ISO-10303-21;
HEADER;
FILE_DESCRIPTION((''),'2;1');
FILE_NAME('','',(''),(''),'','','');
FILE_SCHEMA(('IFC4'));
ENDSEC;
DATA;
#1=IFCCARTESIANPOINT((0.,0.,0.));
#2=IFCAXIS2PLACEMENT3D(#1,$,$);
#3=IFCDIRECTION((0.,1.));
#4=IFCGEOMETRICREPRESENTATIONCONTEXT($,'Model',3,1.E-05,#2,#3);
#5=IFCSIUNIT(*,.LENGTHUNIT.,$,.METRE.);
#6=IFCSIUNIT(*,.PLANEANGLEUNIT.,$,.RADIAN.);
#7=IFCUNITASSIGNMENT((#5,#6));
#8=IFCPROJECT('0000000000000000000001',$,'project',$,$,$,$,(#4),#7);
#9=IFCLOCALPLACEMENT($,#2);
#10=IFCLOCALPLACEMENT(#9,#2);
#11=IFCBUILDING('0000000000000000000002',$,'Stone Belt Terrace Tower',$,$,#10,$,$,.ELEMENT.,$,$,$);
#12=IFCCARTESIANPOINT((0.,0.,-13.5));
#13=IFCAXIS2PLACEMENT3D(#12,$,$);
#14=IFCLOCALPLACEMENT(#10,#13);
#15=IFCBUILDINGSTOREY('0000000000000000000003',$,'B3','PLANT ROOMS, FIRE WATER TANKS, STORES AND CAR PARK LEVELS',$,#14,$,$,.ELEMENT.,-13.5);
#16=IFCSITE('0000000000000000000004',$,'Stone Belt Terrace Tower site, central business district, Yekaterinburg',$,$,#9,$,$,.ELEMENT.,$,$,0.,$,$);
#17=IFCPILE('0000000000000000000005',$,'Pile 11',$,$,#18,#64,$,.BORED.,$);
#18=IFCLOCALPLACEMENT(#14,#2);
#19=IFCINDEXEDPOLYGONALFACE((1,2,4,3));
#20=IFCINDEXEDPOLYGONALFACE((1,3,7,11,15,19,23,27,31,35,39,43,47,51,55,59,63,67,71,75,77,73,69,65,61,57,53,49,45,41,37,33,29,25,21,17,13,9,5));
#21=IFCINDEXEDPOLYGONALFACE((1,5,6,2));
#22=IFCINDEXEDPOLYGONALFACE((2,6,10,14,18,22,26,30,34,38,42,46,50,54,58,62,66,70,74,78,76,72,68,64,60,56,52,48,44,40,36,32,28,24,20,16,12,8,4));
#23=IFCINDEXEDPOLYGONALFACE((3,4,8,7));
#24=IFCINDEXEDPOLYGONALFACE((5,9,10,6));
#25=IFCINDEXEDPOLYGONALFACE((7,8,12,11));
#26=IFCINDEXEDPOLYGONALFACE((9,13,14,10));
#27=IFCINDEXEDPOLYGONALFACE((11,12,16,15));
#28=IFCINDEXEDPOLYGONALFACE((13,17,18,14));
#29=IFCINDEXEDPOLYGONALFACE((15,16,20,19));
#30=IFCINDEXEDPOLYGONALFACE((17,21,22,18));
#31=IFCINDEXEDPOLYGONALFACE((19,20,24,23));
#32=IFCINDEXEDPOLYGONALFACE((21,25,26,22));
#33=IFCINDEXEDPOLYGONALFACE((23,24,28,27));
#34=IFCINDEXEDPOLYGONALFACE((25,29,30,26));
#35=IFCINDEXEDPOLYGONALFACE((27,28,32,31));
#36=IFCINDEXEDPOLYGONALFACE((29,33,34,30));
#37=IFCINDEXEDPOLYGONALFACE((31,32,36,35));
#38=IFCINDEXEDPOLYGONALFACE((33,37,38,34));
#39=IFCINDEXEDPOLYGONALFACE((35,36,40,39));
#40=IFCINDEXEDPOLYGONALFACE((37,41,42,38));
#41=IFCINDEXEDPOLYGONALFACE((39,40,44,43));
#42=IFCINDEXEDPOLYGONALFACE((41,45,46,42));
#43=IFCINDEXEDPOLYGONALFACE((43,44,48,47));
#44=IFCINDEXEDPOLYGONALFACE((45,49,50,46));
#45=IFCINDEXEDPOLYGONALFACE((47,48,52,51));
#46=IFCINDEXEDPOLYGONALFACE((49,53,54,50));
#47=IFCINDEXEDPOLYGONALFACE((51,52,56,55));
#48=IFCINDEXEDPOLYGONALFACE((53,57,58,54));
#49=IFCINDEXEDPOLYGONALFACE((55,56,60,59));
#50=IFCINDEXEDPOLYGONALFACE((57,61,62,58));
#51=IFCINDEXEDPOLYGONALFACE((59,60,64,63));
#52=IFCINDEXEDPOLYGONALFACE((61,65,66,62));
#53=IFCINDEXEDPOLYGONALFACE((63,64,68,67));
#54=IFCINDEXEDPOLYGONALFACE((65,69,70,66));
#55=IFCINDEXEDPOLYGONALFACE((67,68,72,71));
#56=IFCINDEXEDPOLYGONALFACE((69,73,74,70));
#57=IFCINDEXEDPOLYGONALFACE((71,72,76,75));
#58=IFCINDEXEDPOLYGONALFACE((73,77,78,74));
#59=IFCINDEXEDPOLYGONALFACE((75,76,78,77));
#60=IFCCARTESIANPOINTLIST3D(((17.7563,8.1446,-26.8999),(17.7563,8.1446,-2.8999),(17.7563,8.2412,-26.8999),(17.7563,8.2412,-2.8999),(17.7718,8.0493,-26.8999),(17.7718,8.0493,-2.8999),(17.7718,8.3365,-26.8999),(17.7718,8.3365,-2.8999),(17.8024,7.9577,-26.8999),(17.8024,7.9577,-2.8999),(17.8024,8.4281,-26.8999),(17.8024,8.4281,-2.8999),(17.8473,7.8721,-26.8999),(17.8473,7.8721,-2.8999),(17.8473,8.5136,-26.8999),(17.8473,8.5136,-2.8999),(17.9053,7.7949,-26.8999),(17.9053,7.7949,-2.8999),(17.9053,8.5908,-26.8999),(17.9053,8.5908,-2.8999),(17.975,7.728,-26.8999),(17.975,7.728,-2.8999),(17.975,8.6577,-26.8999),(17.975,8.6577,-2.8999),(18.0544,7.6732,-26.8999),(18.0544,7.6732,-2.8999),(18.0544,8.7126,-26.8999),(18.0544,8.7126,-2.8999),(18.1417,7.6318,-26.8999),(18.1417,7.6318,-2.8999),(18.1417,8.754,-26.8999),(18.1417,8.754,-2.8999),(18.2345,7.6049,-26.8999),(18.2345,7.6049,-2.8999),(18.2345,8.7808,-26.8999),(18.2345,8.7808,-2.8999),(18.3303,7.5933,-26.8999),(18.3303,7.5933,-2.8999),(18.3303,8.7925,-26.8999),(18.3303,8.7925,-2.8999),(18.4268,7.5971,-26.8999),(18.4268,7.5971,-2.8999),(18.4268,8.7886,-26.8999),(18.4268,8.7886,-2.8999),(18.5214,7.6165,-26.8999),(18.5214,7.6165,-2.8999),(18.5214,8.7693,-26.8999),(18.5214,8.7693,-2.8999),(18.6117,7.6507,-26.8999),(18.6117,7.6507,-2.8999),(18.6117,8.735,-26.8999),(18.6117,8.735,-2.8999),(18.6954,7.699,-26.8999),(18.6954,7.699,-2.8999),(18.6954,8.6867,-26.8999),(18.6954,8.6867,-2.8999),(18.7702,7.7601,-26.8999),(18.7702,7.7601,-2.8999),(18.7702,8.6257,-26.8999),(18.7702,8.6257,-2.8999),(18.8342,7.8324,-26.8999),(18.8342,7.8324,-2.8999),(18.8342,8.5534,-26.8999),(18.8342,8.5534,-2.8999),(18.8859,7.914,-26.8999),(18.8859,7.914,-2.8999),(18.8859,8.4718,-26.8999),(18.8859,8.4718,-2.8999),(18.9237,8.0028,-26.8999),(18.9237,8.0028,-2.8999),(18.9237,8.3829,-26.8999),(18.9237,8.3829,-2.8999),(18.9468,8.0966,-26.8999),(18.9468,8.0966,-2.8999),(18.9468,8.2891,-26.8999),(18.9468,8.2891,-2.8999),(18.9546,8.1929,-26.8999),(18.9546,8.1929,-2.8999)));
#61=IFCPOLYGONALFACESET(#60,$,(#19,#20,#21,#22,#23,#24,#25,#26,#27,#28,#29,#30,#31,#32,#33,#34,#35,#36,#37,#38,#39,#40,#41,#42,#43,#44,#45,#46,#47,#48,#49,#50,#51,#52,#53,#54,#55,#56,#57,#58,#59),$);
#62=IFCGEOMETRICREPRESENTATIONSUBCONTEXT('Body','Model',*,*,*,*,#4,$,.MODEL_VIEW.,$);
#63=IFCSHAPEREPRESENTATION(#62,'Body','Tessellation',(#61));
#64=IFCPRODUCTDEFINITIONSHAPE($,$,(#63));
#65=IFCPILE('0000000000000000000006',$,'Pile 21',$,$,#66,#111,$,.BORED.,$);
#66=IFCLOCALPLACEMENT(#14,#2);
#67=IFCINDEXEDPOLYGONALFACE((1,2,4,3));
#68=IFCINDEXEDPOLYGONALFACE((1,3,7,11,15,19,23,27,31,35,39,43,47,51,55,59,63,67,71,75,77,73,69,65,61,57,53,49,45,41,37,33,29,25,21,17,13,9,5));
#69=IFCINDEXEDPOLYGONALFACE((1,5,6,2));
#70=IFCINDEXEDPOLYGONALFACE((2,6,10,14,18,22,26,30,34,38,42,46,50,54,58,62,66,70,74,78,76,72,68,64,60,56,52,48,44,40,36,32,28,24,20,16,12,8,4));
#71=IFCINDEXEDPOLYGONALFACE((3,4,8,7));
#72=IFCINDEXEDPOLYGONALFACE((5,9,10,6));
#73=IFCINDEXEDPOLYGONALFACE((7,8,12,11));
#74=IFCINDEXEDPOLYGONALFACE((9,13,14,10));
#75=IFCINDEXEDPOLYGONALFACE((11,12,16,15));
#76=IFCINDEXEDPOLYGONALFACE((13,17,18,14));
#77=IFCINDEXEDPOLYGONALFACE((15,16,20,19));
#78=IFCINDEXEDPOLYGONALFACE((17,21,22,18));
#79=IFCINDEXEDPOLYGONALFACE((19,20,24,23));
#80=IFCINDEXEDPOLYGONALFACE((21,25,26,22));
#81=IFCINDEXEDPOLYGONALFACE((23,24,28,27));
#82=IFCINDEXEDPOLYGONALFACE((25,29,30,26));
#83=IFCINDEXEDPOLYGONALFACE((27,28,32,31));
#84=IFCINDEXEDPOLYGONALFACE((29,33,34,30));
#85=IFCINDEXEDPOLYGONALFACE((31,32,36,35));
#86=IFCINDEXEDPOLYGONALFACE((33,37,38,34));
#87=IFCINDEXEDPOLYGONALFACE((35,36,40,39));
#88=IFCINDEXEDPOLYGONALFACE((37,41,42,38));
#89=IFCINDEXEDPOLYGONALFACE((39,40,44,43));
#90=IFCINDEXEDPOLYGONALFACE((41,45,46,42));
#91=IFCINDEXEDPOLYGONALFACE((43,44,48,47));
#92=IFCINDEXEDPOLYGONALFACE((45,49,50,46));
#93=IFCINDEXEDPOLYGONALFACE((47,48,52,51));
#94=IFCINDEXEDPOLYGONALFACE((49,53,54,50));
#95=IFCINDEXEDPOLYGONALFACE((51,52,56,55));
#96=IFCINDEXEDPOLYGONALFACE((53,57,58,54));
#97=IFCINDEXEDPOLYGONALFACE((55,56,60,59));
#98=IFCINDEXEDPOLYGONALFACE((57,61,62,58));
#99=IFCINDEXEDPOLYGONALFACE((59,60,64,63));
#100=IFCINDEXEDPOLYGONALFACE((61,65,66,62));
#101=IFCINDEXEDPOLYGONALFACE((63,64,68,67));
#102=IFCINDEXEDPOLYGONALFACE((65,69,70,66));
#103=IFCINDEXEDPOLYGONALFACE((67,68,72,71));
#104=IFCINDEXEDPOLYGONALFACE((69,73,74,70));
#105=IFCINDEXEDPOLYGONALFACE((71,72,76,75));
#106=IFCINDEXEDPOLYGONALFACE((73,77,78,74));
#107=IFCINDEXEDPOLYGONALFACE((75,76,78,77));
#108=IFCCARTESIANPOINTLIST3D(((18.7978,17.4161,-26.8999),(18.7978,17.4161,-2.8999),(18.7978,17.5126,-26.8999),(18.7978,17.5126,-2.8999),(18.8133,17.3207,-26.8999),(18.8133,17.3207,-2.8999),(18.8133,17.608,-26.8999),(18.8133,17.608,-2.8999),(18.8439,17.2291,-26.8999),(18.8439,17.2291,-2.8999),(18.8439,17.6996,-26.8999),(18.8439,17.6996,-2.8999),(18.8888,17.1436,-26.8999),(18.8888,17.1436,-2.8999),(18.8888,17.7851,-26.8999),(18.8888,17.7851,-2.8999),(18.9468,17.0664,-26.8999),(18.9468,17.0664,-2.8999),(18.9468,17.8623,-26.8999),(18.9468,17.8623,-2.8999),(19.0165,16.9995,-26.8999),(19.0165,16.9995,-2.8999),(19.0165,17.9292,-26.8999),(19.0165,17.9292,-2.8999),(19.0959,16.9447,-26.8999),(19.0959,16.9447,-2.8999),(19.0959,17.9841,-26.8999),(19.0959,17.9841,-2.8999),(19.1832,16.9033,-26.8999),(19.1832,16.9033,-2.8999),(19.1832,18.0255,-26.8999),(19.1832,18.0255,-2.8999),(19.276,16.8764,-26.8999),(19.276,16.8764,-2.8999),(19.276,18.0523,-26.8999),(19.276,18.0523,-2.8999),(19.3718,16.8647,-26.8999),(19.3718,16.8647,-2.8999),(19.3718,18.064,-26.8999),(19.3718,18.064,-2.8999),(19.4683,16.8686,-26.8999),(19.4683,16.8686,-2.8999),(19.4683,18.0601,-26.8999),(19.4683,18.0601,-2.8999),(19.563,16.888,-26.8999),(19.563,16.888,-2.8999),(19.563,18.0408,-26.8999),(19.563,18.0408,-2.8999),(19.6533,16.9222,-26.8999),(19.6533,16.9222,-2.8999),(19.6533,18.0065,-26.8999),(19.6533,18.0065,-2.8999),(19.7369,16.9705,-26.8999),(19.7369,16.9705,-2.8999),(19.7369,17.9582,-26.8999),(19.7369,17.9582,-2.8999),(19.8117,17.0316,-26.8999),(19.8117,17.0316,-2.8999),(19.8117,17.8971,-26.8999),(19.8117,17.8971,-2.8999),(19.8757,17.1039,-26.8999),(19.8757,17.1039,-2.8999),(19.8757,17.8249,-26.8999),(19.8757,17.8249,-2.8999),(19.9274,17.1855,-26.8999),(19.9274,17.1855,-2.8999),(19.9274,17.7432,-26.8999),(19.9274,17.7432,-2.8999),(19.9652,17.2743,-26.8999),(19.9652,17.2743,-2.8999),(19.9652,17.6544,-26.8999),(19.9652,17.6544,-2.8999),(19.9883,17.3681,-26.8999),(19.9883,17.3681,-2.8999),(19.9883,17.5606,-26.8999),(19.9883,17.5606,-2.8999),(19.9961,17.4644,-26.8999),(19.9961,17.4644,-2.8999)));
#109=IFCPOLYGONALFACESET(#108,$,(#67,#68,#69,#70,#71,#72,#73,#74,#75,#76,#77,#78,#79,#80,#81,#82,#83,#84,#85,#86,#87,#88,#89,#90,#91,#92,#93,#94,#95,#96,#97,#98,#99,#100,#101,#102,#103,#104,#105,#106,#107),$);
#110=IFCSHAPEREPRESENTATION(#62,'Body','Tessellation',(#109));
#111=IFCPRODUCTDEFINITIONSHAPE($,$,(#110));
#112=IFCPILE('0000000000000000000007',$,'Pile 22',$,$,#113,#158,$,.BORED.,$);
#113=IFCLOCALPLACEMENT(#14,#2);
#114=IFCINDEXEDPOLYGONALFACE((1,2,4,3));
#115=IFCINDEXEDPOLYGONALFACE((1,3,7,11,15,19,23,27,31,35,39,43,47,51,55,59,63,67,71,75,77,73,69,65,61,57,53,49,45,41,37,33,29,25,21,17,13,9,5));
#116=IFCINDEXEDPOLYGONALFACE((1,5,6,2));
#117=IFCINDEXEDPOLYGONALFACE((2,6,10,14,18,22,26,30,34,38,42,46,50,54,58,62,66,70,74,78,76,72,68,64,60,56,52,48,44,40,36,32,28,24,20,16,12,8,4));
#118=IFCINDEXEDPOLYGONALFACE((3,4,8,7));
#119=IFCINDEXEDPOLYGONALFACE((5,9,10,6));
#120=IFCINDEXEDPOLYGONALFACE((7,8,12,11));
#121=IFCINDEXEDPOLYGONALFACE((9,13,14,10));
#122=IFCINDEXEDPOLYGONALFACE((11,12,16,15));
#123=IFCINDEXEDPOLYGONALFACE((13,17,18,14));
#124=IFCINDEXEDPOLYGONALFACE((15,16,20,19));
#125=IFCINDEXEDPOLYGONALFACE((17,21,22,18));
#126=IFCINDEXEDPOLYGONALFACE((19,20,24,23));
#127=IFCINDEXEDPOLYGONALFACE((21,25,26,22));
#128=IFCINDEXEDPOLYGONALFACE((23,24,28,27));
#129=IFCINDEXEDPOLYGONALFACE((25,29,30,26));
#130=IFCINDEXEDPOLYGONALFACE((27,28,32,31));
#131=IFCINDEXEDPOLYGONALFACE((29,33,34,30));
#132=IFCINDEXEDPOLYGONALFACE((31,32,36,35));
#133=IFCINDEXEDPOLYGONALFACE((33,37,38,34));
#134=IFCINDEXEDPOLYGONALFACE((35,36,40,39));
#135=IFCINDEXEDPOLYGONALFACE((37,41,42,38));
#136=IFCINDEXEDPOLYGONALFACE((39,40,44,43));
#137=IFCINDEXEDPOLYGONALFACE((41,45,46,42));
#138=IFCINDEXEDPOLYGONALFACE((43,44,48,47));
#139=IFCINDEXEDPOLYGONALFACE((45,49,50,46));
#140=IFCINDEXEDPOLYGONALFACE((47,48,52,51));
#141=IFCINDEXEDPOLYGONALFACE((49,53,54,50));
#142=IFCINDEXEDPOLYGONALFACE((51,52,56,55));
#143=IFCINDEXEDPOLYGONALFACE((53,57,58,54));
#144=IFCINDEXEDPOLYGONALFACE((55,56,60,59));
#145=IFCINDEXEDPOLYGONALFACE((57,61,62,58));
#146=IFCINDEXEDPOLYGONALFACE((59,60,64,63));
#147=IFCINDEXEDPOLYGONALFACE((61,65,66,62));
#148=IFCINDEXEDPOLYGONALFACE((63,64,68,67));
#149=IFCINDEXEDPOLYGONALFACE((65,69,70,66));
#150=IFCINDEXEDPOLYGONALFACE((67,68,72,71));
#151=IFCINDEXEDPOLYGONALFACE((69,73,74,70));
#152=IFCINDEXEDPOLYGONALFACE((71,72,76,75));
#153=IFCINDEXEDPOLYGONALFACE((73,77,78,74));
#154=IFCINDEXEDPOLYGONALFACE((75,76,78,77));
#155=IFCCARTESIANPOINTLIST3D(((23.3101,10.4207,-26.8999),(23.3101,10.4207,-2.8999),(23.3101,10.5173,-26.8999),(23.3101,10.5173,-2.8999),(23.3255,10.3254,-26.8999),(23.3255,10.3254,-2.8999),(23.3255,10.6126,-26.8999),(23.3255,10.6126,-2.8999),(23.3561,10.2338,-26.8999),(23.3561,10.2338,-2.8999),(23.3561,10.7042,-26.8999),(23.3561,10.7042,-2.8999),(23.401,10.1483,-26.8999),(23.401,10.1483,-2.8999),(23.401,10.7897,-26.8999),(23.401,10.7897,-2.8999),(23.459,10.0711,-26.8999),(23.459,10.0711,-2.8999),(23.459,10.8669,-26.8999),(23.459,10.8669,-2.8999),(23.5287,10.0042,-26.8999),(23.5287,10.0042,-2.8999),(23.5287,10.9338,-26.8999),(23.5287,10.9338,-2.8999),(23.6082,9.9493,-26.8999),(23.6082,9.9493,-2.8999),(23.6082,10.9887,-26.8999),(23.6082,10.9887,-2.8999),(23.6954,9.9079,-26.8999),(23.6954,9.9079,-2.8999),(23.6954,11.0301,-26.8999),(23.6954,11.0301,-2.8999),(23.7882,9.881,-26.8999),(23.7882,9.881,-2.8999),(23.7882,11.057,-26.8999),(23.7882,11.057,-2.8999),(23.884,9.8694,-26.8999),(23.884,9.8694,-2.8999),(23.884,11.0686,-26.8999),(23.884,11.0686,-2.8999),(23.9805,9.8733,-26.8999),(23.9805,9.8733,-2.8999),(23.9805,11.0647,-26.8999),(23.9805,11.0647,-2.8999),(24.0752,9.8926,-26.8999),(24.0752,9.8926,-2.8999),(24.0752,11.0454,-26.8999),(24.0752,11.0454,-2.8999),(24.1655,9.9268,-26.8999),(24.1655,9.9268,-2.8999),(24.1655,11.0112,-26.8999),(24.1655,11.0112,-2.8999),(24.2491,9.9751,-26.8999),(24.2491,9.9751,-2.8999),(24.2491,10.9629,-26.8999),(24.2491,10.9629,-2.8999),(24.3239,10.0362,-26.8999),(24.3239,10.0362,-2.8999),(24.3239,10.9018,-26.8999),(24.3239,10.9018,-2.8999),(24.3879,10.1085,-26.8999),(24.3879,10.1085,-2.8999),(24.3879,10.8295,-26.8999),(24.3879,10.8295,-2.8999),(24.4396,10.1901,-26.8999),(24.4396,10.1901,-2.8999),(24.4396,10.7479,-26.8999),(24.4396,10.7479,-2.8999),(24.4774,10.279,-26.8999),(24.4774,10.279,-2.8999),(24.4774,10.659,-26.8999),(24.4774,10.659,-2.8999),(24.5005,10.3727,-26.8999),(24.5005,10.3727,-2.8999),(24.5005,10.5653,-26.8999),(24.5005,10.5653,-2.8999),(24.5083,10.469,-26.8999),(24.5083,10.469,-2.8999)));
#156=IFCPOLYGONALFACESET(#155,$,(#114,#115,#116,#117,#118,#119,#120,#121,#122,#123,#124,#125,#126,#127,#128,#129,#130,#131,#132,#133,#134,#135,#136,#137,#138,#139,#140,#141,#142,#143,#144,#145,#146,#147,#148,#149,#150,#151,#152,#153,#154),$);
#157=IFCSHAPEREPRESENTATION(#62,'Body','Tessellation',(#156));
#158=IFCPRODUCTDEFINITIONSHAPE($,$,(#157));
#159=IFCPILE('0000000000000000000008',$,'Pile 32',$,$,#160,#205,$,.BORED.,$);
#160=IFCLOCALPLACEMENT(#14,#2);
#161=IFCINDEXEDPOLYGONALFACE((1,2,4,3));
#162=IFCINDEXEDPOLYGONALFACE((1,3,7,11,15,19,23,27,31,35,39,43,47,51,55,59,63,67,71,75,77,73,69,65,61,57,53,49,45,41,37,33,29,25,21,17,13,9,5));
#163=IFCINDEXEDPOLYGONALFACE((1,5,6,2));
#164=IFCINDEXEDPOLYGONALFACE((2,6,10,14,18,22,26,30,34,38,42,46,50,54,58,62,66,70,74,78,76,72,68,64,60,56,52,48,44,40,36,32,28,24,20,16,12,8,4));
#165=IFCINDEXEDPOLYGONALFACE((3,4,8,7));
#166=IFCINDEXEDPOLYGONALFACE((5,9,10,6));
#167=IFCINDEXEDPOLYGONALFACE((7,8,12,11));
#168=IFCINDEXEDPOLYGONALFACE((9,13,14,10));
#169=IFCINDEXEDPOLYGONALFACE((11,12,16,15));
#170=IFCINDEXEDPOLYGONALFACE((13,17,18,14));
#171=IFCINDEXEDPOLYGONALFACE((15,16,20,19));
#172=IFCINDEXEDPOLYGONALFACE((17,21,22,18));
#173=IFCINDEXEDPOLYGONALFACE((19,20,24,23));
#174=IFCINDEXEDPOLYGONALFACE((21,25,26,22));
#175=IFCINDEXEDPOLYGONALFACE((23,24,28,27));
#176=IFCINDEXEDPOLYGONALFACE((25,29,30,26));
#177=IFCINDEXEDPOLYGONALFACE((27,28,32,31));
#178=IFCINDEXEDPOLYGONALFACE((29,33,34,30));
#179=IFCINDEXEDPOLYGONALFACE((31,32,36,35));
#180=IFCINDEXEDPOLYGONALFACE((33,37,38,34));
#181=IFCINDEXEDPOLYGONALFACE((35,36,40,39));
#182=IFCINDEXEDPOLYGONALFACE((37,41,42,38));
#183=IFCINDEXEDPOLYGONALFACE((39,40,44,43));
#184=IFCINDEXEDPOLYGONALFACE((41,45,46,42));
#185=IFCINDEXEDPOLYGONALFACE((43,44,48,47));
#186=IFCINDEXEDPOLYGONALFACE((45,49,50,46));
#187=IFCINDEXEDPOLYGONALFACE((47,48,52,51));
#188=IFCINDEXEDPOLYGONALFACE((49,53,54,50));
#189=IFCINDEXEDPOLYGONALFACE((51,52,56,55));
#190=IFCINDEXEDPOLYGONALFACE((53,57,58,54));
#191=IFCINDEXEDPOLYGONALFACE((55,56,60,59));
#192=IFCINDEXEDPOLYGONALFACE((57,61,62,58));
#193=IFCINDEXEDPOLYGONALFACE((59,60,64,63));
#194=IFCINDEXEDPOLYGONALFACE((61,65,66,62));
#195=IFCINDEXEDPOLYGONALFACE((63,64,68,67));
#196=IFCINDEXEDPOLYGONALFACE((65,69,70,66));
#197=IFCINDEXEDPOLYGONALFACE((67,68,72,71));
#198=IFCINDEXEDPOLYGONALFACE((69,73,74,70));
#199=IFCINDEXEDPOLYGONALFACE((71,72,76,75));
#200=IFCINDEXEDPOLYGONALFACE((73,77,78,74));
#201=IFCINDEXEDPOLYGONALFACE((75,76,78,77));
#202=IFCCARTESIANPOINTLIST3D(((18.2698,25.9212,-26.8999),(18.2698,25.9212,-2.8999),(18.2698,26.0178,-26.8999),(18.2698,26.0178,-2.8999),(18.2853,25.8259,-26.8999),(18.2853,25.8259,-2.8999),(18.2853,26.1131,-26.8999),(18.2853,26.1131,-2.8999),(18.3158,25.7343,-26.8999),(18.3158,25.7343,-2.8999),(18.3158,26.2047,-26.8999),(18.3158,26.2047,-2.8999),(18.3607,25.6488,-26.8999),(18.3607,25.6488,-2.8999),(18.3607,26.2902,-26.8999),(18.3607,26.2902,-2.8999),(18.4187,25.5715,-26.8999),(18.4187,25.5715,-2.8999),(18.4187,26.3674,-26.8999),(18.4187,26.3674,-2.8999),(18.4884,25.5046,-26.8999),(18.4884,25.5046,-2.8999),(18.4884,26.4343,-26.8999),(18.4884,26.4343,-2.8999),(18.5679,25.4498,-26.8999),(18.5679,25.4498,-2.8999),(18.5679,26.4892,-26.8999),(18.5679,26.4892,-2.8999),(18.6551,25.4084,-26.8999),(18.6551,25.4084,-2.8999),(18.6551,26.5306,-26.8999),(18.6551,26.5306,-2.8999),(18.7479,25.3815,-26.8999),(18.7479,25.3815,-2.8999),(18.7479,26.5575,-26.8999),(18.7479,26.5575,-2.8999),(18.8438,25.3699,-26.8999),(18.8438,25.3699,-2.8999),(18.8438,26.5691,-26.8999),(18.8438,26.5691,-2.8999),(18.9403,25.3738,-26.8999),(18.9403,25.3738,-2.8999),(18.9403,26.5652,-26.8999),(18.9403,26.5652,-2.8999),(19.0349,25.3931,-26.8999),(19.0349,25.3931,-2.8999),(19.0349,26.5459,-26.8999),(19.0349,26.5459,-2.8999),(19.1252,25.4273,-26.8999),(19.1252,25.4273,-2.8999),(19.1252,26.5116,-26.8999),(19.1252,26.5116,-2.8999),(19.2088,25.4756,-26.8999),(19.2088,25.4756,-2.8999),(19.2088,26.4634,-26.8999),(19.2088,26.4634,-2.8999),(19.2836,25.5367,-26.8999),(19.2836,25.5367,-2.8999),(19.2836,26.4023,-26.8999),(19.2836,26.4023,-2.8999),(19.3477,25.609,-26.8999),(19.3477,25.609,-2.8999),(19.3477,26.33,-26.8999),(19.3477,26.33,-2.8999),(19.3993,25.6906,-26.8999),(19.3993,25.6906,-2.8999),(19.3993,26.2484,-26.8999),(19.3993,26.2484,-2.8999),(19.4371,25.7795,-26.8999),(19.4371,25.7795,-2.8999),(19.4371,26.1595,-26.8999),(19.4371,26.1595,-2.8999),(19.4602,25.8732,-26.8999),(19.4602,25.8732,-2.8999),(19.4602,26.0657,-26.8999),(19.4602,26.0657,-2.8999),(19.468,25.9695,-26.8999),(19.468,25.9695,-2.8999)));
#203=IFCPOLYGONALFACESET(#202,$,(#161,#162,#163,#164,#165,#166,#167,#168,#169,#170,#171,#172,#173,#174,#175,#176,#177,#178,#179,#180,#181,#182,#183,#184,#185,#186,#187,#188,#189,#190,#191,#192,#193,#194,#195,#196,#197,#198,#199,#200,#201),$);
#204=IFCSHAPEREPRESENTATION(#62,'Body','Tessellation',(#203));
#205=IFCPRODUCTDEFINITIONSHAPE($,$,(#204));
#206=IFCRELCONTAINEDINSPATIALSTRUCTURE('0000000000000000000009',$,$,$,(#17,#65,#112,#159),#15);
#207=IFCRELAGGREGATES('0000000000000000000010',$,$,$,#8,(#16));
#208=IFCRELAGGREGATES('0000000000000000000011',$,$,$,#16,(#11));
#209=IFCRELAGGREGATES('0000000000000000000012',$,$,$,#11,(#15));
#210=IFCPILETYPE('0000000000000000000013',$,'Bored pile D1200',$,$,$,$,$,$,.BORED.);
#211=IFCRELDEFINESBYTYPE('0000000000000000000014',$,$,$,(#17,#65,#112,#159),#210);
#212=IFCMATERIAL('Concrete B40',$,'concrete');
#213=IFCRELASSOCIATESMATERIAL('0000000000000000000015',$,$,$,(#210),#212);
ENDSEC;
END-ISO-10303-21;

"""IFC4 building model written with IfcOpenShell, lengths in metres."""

from ifc_helpers import new_model, si_unit, direction, frame, origin, origin_2d, place, context, subcontext, project, spatial, circle, extrude, material, material_profile, profile_set, type_object, element, save


model = new_model("IFC4")

# Units and contexts
model_context = context("Model", 3, precision=1e-05, world=origin(), true_north=direction((0.0, 1.0)))
body_context = subcontext(model_context, "Body", "Model", "MODEL_VIEW")
ifc_project = project(units=[si_unit("LENGTHUNIT", "METRE"), si_unit("PLANEANGLEUNIT", "RADIAN")], contexts=[model_context])

# Site, building, storey
site_placement = place(None, origin())
site = spatial("IfcSite", under=ifc_project, at=site_placement, Name="Stone Belt Terrace Tower site, central business district, Yekaterinburg", CompositionType="ELEMENT", RefElevation=0.0)
building_placement = place(site_placement, origin())
building = spatial("IfcBuilding", under=site, at=building_placement, Name="Stone Belt Terrace Tower", CompositionType="ELEMENT")
storey_placement = place(building_placement, frame((0.0, 0.0, -13.5)))
storey = spatial("IfcBuildingStorey", under=building, at=storey_placement, Name="B3", Description="PLANT ROOMS, FIRE WATER TANKS, STORES AND CAR PARK LEVELS", CompositionType="ELEMENT", Elevation=-13.5)

# Piles
ifc_material_1 = material(Name="Concrete B40", Category="concrete")
ifc_material_profile_1 = material_profile(ifc_material_1, circle(Radius=0.6001, at=origin_2d()), Name="PILE D1200")
ifc_profile_set_1 = profile_set([ifc_material_profile_1], Name="Concrete B40")
pile_type = type_object("IfcPileType", Name="Bored pile D1200", PredefinedType="BORED", material=ifc_profile_set_1)
for number, where, z_axis, x_axis, name in (
    (1, (18.3545, 8.1929, -2.8999), (0.0, 0.0, -1.0), (1.0, 0.0, 0.0), "Pile 11"),
    (2, (19.396, 17.4644, -2.8999), (0.0, 0.0, -1.0), (1.0, 0.0, 0.0), "Pile 21"),
    (3, (23.9082, 10.469, -2.8999), (0.0, 0.0, -1.0), (1.0, 0.0, 0.0), "Pile 22"),
    (4, (18.8679, 25.9695, -2.8999), (0.0, 0.0, -1.0), (1.0, 0.0, 0.0), "Pile 32"),
):
    element("IfcPile", number, at=place(storey_placement, frame(where, z_axis=z_axis, x_axis=x_axis)), inside=storey, type_object=pile_type, Name=name, PredefinedType="BORED", context=body_context, shape_type="SweptSolid", body=[
        extrude(circle(Radius=0.6001, at=origin_2d()), origin(), (0.0, 0.0, 1.0), 24.0),
    ])

save(model, "model.ifc")
